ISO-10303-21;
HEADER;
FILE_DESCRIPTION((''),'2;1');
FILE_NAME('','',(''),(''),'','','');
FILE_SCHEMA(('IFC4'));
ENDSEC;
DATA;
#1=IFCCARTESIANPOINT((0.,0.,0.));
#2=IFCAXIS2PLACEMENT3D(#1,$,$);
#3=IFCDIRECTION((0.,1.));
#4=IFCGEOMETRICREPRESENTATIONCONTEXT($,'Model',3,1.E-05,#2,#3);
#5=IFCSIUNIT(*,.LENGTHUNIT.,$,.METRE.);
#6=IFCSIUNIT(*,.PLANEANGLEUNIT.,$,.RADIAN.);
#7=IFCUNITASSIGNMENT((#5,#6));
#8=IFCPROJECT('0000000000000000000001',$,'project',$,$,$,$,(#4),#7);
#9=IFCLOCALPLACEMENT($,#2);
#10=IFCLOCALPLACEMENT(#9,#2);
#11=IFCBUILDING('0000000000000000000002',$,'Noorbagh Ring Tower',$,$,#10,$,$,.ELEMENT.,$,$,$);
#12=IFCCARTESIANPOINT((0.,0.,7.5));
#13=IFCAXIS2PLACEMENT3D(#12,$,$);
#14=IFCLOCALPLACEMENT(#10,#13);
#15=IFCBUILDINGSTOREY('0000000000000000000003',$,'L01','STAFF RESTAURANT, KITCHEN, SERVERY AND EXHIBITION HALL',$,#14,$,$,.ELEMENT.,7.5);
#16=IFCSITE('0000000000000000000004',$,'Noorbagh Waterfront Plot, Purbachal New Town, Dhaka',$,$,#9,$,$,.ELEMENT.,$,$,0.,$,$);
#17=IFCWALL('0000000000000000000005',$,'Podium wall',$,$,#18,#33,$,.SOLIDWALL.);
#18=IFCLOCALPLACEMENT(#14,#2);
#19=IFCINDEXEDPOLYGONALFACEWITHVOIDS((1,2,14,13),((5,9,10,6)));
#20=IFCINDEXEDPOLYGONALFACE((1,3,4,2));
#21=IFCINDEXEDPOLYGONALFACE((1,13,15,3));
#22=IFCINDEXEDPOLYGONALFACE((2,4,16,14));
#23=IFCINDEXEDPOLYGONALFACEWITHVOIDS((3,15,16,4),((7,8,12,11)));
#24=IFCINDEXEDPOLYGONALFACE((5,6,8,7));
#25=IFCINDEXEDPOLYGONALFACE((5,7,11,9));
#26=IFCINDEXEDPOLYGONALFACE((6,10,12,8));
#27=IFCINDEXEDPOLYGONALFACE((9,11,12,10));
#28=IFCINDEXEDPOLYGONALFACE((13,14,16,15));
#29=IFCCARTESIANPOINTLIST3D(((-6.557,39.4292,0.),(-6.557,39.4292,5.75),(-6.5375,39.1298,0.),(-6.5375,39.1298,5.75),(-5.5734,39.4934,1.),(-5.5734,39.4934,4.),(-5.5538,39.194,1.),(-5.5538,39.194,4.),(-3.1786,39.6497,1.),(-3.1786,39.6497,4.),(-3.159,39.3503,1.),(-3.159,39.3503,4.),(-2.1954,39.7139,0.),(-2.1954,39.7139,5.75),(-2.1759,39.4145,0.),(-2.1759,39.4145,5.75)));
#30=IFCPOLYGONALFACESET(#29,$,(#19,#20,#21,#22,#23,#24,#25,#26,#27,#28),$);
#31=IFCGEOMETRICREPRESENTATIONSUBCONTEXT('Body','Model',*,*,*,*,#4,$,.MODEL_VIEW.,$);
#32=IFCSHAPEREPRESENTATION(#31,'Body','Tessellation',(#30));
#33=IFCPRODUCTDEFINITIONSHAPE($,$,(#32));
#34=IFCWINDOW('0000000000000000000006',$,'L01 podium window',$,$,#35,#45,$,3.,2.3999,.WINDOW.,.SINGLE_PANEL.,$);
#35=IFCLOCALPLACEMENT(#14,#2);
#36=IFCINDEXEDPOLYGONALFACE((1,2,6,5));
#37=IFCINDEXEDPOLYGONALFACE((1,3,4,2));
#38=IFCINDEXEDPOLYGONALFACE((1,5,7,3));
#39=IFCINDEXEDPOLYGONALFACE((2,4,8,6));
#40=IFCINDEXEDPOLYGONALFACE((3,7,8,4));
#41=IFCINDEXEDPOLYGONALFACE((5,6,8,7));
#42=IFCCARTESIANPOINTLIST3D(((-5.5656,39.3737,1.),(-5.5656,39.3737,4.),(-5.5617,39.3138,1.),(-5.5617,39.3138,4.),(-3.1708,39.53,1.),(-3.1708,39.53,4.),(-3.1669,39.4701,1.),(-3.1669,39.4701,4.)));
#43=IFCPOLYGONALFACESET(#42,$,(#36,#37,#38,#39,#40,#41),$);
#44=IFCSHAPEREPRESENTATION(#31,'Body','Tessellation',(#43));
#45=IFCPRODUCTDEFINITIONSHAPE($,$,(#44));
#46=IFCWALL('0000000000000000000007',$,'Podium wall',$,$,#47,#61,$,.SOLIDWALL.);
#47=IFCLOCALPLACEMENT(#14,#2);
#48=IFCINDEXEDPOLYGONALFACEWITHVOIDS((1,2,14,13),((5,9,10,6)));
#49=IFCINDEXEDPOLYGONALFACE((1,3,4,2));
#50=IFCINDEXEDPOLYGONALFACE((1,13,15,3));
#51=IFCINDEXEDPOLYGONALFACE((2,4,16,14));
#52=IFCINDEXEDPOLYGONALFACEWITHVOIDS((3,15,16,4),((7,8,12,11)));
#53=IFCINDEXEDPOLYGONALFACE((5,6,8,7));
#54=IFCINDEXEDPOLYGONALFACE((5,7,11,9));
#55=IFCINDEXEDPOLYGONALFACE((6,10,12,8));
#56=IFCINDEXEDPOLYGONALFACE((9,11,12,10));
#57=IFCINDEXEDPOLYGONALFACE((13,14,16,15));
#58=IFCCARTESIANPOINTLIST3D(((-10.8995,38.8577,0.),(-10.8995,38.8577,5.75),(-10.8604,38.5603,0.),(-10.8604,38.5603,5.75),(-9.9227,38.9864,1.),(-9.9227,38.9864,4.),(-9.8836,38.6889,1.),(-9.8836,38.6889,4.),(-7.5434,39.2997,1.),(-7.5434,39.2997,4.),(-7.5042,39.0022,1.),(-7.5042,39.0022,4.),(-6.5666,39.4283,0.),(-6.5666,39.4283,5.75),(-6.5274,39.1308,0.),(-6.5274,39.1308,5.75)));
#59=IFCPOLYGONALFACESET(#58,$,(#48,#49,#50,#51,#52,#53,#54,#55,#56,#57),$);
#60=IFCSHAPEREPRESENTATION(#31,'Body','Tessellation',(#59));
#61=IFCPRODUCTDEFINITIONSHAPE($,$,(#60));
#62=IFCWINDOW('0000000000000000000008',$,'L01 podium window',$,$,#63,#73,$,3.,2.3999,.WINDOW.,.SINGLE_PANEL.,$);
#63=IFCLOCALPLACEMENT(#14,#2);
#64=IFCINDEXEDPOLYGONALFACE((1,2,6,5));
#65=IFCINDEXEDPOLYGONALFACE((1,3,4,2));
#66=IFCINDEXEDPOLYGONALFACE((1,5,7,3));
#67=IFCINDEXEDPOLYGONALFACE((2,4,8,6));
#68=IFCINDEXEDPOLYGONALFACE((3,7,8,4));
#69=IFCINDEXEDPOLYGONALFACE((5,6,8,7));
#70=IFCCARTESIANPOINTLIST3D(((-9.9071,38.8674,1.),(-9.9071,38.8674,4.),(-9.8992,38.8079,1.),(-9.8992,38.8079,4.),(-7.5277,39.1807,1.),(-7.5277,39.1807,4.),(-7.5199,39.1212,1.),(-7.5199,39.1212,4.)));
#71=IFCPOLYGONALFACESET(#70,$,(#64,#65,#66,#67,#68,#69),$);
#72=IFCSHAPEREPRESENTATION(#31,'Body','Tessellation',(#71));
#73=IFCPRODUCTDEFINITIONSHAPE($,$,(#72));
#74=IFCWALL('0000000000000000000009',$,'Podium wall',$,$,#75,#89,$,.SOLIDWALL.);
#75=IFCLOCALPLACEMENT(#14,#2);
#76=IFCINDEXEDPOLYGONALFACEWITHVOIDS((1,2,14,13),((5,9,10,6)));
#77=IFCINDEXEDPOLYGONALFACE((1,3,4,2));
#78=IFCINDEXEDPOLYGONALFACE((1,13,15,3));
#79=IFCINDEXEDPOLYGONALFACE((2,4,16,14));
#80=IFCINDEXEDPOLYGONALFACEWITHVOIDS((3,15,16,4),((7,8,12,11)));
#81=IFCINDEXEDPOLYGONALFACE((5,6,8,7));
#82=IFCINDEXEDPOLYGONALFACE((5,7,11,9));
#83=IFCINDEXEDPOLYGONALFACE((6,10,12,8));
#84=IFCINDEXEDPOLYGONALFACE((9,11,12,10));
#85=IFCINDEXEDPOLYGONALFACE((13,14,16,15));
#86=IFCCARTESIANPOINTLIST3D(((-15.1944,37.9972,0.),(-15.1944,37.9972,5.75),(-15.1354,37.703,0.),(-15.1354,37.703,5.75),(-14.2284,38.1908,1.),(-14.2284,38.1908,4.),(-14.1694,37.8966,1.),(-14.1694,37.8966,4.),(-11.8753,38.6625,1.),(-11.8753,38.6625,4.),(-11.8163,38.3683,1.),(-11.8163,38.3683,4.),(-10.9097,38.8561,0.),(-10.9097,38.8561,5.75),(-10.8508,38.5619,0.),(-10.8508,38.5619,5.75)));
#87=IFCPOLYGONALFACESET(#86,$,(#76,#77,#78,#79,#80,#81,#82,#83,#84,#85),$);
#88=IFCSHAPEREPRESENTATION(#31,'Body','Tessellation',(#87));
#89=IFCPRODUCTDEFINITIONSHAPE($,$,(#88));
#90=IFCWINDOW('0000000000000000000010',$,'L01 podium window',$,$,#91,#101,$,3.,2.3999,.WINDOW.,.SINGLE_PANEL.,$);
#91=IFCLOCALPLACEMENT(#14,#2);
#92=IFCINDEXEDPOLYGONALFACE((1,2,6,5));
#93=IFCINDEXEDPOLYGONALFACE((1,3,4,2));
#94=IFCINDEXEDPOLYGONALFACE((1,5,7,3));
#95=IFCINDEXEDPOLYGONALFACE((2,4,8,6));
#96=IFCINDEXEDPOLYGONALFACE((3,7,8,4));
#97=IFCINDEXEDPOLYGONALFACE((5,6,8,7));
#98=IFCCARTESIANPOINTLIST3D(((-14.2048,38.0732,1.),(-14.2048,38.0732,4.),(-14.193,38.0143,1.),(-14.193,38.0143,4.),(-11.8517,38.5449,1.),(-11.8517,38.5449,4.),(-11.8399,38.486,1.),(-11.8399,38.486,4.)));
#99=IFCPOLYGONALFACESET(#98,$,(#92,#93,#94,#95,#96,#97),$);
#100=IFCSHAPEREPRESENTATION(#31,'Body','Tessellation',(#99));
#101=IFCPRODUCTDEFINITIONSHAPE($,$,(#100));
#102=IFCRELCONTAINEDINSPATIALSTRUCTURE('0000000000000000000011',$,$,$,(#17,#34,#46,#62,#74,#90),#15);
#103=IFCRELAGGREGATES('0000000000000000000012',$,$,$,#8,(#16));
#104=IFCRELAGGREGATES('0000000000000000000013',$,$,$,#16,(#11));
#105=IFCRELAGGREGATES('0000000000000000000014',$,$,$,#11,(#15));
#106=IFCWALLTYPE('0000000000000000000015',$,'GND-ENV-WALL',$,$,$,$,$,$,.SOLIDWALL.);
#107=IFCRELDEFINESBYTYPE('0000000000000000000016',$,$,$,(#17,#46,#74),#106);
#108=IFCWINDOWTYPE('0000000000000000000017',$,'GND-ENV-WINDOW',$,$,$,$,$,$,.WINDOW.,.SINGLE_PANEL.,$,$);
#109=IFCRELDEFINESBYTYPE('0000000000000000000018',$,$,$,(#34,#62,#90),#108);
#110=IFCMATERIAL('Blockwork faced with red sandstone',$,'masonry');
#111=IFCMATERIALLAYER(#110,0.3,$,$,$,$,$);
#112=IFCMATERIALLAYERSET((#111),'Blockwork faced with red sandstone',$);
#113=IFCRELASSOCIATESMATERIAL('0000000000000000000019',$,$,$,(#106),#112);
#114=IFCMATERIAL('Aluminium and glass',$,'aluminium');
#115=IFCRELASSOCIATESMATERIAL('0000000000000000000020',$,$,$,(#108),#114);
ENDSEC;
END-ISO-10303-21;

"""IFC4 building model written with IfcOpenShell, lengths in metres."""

from ifc_helpers import new_model, si_unit, direction, frame, frame_2d, origin, place, context, subcontext, project, spatial, rectangle, extrude, material, layer, layer_set, type_object, element, fill, save


model = new_model("IFC4")

# Units and contexts
model_context = context("Model", 3, precision=1e-05, world=origin(), true_north=direction((0.0, 1.0)))
body_context = subcontext(model_context, "Body", "Model", "MODEL_VIEW")
ifc_project = project(units=[si_unit("LENGTHUNIT", "METRE"), si_unit("PLANEANGLEUNIT", "RADIAN")], contexts=[model_context])

# Site, building, storey
site_placement = place(None, origin())
site = spatial("IfcSite", under=ifc_project, at=site_placement, Name="Noorbagh Waterfront Plot, Purbachal New Town, Dhaka", CompositionType="ELEMENT", RefElevation=0.0)
building_placement = place(site_placement, origin())
building = spatial("IfcBuilding", under=site, at=building_placement, Name="Noorbagh Ring Tower", CompositionType="ELEMENT")
storey_placement = place(building_placement, frame((0.0, 0.0, 7.5)))
storey = spatial("IfcBuildingStorey", under=building, at=storey_placement, Name="L01", Description="STAFF RESTAURANT, KITCHEN, SERVERY AND EXHIBITION HALL", CompositionType="ELEMENT", Elevation=7.5)

# Walls, openings, windows
ifc_material_1 = material(Name="Blockwork faced with red sandstone", Category="masonry")
ifc_layer = layer(ifc_material_1, 0.3)
ifc_layer_set = layer_set([ifc_layer], Name="Blockwork faced with red sandstone")
wall_type = type_object("IfcWallType", Name="GND-ENV-WALL", PredefinedType="SOLIDWALL", material=ifc_layer_set)
wall_1_placement = place(storey_placement, frame((-2.1855, 39.5642, 0.0), z_axis=(0.0, 0.0, 1.0), x_axis=(-0.997877, -0.065129, 0.0)))
wall_1 = element("IfcWall", 1, at=wall_1_placement, inside=storey, type_object=wall_type, Name="Podium wall", PredefinedType="SOLIDWALL", context=body_context, shape_type="SweptSolid", body=[
    extrude(rectangle(XDim=4.3708, YDim=0.3, at=frame_2d((2.1855, 0.0))), origin(), (0.0, 0.0, 1.0), 5.75),
])
opening_1_placement = place(wall_1_placement, frame((0.9854, 0.0, 1.0)))
opening_1 = element("IfcOpeningElement", 2, at=opening_1_placement, cuts=wall_1, PredefinedType="OPENING", context=body_context, shape_type="SweptSolid", body=[
    extrude(rectangle(XDim=2.3999, YDim=3.0, at=frame_2d((1.2, 1.5))), frame((0.0, 0.1602, 0.0), z_axis=(0.0, -1.0, 0.0), x_axis=(1.0, 0.0, 0.0)), (0.0, 0.0, 1.0), 0.3201),
])
ifc_material_2 = material(Name="Aluminium and glass", Category="aluminium")
window_type = type_object("IfcWindowType", Name="GND-ENV-WINDOW", PartitioningType="SINGLE_PANEL", PredefinedType="WINDOW", material=ifc_material_2)
window_1_placement = place(opening_1_placement, origin())
window_1 = element("IfcWindow", 3, at=window_1_placement, inside=storey, type_object=window_type, Name="L01 podium window", OverallHeight=3.0, OverallWidth=2.3999, PartitioningType="SINGLE_PANEL", PredefinedType="WINDOW", context=body_context, shape_type="SweptSolid", body=[
    extrude(rectangle(XDim=2.3999, YDim=3.0, at=frame_2d((1.2, 1.5))), frame((0.0, 0.03, 0.0), z_axis=(0.0, -1.0, 0.0), x_axis=(1.0, 0.0, 0.0)), (0.0, 0.0, 1.0), 0.0601),
])
fill(opening_1, window_1)
wall_2_placement = place(storey_placement, frame((-6.5471, 39.2795, 0.0), z_axis=(0.0, 0.0, 1.0), x_axis=(-0.991442, -0.13055, 0.0)))
wall_2 = element("IfcWall", 4, at=wall_2_placement, inside=storey, type_object=wall_type, Name="Podium wall", PredefinedType="SOLIDWALL", context=body_context, shape_type="SweptSolid", body=[
    extrude(rectangle(XDim=4.3704, YDim=0.3, at=frame_2d((2.1851, 0.0))), origin(), (0.0, 0.0, 1.0), 5.75),
])
opening_2_placement = place(wall_2_placement, frame((0.9851, 0.0, 1.0)))
opening_2 = element("IfcOpeningElement", 5, at=opening_2_placement, cuts=wall_2, PredefinedType="OPENING", context=body_context, shape_type="SweptSolid", body=[
    extrude(rectangle(XDim=2.3999, YDim=3.0, at=frame_2d((1.2, 1.5))), frame((0.0, 0.1602, 0.0), z_axis=(0.0, -1.0, 0.0), x_axis=(1.0, 0.0, 0.0)), (0.0, 0.0, 1.0), 0.3201),
])
window_2_placement = place(opening_2_placement, origin())
window_2 = element("IfcWindow", 6, at=window_2_placement, inside=storey, type_object=window_type, Name="L01 podium window", OverallHeight=3.0, OverallWidth=2.3999, PartitioningType="SINGLE_PANEL", PredefinedType="WINDOW", context=body_context, shape_type="SweptSolid", body=[
    extrude(rectangle(XDim=2.3999, YDim=3.0, at=frame_2d((1.2, 1.5))), frame((0.0, 0.03, 0.0), z_axis=(0.0, -1.0, 0.0), x_axis=(1.0, 0.0, 0.0)), (0.0, 0.0, 1.0), 0.0601),
])
fill(opening_2, window_2)
wall_3_placement = place(storey_placement, frame((-10.8801, 38.709, 0.0), z_axis=(0.0, 0.0, 1.0), x_axis=(-0.980495, -0.196546, 0.0)))
wall_3 = element("IfcWall", 7, at=wall_3_placement, inside=storey, type_object=wall_type, Name="Podium wall", PredefinedType="SOLIDWALL", context=body_context, shape_type="SweptSolid", body=[
    extrude(rectangle(XDim=4.3699, YDim=0.3, at=frame_2d((2.1851, 0.0))), origin(), (0.0, 0.0, 1.0), 5.75),
])
opening_3_placement = place(wall_3_placement, frame((0.9849, 0.0, 1.0)))
opening_3 = element("IfcOpeningElement", 8, at=opening_3_placement, cuts=wall_3, PredefinedType="OPENING", context=body_context, shape_type="SweptSolid", body=[
    extrude(rectangle(XDim=2.3999, YDim=3.0, at=frame_2d((1.2, 1.5))), frame((0.0, 0.1602, 0.0), z_axis=(0.0, -1.0, 0.0), x_axis=(1.0, 0.0, 0.0)), (0.0, 0.0, 1.0), 0.3201),
])
window_3_placement = place(opening_3_placement, origin())
window_3 = element("IfcWindow", 9, at=window_3_placement, inside=storey, type_object=window_type, Name="L01 podium window", OverallHeight=3.0, OverallWidth=2.3999, PartitioningType="SINGLE_PANEL", PredefinedType="WINDOW", context=body_context, shape_type="SweptSolid", body=[
    extrude(rectangle(XDim=2.3999, YDim=3.0, at=frame_2d((1.2, 1.5))), frame((0.0, 0.03, 0.0), z_axis=(0.0, -1.0, 0.0), x_axis=(1.0, 0.0, 0.0)), (0.0, 0.0, 1.0), 0.0601),
])
fill(opening_3, window_3)

save(model, "model.ifc")
